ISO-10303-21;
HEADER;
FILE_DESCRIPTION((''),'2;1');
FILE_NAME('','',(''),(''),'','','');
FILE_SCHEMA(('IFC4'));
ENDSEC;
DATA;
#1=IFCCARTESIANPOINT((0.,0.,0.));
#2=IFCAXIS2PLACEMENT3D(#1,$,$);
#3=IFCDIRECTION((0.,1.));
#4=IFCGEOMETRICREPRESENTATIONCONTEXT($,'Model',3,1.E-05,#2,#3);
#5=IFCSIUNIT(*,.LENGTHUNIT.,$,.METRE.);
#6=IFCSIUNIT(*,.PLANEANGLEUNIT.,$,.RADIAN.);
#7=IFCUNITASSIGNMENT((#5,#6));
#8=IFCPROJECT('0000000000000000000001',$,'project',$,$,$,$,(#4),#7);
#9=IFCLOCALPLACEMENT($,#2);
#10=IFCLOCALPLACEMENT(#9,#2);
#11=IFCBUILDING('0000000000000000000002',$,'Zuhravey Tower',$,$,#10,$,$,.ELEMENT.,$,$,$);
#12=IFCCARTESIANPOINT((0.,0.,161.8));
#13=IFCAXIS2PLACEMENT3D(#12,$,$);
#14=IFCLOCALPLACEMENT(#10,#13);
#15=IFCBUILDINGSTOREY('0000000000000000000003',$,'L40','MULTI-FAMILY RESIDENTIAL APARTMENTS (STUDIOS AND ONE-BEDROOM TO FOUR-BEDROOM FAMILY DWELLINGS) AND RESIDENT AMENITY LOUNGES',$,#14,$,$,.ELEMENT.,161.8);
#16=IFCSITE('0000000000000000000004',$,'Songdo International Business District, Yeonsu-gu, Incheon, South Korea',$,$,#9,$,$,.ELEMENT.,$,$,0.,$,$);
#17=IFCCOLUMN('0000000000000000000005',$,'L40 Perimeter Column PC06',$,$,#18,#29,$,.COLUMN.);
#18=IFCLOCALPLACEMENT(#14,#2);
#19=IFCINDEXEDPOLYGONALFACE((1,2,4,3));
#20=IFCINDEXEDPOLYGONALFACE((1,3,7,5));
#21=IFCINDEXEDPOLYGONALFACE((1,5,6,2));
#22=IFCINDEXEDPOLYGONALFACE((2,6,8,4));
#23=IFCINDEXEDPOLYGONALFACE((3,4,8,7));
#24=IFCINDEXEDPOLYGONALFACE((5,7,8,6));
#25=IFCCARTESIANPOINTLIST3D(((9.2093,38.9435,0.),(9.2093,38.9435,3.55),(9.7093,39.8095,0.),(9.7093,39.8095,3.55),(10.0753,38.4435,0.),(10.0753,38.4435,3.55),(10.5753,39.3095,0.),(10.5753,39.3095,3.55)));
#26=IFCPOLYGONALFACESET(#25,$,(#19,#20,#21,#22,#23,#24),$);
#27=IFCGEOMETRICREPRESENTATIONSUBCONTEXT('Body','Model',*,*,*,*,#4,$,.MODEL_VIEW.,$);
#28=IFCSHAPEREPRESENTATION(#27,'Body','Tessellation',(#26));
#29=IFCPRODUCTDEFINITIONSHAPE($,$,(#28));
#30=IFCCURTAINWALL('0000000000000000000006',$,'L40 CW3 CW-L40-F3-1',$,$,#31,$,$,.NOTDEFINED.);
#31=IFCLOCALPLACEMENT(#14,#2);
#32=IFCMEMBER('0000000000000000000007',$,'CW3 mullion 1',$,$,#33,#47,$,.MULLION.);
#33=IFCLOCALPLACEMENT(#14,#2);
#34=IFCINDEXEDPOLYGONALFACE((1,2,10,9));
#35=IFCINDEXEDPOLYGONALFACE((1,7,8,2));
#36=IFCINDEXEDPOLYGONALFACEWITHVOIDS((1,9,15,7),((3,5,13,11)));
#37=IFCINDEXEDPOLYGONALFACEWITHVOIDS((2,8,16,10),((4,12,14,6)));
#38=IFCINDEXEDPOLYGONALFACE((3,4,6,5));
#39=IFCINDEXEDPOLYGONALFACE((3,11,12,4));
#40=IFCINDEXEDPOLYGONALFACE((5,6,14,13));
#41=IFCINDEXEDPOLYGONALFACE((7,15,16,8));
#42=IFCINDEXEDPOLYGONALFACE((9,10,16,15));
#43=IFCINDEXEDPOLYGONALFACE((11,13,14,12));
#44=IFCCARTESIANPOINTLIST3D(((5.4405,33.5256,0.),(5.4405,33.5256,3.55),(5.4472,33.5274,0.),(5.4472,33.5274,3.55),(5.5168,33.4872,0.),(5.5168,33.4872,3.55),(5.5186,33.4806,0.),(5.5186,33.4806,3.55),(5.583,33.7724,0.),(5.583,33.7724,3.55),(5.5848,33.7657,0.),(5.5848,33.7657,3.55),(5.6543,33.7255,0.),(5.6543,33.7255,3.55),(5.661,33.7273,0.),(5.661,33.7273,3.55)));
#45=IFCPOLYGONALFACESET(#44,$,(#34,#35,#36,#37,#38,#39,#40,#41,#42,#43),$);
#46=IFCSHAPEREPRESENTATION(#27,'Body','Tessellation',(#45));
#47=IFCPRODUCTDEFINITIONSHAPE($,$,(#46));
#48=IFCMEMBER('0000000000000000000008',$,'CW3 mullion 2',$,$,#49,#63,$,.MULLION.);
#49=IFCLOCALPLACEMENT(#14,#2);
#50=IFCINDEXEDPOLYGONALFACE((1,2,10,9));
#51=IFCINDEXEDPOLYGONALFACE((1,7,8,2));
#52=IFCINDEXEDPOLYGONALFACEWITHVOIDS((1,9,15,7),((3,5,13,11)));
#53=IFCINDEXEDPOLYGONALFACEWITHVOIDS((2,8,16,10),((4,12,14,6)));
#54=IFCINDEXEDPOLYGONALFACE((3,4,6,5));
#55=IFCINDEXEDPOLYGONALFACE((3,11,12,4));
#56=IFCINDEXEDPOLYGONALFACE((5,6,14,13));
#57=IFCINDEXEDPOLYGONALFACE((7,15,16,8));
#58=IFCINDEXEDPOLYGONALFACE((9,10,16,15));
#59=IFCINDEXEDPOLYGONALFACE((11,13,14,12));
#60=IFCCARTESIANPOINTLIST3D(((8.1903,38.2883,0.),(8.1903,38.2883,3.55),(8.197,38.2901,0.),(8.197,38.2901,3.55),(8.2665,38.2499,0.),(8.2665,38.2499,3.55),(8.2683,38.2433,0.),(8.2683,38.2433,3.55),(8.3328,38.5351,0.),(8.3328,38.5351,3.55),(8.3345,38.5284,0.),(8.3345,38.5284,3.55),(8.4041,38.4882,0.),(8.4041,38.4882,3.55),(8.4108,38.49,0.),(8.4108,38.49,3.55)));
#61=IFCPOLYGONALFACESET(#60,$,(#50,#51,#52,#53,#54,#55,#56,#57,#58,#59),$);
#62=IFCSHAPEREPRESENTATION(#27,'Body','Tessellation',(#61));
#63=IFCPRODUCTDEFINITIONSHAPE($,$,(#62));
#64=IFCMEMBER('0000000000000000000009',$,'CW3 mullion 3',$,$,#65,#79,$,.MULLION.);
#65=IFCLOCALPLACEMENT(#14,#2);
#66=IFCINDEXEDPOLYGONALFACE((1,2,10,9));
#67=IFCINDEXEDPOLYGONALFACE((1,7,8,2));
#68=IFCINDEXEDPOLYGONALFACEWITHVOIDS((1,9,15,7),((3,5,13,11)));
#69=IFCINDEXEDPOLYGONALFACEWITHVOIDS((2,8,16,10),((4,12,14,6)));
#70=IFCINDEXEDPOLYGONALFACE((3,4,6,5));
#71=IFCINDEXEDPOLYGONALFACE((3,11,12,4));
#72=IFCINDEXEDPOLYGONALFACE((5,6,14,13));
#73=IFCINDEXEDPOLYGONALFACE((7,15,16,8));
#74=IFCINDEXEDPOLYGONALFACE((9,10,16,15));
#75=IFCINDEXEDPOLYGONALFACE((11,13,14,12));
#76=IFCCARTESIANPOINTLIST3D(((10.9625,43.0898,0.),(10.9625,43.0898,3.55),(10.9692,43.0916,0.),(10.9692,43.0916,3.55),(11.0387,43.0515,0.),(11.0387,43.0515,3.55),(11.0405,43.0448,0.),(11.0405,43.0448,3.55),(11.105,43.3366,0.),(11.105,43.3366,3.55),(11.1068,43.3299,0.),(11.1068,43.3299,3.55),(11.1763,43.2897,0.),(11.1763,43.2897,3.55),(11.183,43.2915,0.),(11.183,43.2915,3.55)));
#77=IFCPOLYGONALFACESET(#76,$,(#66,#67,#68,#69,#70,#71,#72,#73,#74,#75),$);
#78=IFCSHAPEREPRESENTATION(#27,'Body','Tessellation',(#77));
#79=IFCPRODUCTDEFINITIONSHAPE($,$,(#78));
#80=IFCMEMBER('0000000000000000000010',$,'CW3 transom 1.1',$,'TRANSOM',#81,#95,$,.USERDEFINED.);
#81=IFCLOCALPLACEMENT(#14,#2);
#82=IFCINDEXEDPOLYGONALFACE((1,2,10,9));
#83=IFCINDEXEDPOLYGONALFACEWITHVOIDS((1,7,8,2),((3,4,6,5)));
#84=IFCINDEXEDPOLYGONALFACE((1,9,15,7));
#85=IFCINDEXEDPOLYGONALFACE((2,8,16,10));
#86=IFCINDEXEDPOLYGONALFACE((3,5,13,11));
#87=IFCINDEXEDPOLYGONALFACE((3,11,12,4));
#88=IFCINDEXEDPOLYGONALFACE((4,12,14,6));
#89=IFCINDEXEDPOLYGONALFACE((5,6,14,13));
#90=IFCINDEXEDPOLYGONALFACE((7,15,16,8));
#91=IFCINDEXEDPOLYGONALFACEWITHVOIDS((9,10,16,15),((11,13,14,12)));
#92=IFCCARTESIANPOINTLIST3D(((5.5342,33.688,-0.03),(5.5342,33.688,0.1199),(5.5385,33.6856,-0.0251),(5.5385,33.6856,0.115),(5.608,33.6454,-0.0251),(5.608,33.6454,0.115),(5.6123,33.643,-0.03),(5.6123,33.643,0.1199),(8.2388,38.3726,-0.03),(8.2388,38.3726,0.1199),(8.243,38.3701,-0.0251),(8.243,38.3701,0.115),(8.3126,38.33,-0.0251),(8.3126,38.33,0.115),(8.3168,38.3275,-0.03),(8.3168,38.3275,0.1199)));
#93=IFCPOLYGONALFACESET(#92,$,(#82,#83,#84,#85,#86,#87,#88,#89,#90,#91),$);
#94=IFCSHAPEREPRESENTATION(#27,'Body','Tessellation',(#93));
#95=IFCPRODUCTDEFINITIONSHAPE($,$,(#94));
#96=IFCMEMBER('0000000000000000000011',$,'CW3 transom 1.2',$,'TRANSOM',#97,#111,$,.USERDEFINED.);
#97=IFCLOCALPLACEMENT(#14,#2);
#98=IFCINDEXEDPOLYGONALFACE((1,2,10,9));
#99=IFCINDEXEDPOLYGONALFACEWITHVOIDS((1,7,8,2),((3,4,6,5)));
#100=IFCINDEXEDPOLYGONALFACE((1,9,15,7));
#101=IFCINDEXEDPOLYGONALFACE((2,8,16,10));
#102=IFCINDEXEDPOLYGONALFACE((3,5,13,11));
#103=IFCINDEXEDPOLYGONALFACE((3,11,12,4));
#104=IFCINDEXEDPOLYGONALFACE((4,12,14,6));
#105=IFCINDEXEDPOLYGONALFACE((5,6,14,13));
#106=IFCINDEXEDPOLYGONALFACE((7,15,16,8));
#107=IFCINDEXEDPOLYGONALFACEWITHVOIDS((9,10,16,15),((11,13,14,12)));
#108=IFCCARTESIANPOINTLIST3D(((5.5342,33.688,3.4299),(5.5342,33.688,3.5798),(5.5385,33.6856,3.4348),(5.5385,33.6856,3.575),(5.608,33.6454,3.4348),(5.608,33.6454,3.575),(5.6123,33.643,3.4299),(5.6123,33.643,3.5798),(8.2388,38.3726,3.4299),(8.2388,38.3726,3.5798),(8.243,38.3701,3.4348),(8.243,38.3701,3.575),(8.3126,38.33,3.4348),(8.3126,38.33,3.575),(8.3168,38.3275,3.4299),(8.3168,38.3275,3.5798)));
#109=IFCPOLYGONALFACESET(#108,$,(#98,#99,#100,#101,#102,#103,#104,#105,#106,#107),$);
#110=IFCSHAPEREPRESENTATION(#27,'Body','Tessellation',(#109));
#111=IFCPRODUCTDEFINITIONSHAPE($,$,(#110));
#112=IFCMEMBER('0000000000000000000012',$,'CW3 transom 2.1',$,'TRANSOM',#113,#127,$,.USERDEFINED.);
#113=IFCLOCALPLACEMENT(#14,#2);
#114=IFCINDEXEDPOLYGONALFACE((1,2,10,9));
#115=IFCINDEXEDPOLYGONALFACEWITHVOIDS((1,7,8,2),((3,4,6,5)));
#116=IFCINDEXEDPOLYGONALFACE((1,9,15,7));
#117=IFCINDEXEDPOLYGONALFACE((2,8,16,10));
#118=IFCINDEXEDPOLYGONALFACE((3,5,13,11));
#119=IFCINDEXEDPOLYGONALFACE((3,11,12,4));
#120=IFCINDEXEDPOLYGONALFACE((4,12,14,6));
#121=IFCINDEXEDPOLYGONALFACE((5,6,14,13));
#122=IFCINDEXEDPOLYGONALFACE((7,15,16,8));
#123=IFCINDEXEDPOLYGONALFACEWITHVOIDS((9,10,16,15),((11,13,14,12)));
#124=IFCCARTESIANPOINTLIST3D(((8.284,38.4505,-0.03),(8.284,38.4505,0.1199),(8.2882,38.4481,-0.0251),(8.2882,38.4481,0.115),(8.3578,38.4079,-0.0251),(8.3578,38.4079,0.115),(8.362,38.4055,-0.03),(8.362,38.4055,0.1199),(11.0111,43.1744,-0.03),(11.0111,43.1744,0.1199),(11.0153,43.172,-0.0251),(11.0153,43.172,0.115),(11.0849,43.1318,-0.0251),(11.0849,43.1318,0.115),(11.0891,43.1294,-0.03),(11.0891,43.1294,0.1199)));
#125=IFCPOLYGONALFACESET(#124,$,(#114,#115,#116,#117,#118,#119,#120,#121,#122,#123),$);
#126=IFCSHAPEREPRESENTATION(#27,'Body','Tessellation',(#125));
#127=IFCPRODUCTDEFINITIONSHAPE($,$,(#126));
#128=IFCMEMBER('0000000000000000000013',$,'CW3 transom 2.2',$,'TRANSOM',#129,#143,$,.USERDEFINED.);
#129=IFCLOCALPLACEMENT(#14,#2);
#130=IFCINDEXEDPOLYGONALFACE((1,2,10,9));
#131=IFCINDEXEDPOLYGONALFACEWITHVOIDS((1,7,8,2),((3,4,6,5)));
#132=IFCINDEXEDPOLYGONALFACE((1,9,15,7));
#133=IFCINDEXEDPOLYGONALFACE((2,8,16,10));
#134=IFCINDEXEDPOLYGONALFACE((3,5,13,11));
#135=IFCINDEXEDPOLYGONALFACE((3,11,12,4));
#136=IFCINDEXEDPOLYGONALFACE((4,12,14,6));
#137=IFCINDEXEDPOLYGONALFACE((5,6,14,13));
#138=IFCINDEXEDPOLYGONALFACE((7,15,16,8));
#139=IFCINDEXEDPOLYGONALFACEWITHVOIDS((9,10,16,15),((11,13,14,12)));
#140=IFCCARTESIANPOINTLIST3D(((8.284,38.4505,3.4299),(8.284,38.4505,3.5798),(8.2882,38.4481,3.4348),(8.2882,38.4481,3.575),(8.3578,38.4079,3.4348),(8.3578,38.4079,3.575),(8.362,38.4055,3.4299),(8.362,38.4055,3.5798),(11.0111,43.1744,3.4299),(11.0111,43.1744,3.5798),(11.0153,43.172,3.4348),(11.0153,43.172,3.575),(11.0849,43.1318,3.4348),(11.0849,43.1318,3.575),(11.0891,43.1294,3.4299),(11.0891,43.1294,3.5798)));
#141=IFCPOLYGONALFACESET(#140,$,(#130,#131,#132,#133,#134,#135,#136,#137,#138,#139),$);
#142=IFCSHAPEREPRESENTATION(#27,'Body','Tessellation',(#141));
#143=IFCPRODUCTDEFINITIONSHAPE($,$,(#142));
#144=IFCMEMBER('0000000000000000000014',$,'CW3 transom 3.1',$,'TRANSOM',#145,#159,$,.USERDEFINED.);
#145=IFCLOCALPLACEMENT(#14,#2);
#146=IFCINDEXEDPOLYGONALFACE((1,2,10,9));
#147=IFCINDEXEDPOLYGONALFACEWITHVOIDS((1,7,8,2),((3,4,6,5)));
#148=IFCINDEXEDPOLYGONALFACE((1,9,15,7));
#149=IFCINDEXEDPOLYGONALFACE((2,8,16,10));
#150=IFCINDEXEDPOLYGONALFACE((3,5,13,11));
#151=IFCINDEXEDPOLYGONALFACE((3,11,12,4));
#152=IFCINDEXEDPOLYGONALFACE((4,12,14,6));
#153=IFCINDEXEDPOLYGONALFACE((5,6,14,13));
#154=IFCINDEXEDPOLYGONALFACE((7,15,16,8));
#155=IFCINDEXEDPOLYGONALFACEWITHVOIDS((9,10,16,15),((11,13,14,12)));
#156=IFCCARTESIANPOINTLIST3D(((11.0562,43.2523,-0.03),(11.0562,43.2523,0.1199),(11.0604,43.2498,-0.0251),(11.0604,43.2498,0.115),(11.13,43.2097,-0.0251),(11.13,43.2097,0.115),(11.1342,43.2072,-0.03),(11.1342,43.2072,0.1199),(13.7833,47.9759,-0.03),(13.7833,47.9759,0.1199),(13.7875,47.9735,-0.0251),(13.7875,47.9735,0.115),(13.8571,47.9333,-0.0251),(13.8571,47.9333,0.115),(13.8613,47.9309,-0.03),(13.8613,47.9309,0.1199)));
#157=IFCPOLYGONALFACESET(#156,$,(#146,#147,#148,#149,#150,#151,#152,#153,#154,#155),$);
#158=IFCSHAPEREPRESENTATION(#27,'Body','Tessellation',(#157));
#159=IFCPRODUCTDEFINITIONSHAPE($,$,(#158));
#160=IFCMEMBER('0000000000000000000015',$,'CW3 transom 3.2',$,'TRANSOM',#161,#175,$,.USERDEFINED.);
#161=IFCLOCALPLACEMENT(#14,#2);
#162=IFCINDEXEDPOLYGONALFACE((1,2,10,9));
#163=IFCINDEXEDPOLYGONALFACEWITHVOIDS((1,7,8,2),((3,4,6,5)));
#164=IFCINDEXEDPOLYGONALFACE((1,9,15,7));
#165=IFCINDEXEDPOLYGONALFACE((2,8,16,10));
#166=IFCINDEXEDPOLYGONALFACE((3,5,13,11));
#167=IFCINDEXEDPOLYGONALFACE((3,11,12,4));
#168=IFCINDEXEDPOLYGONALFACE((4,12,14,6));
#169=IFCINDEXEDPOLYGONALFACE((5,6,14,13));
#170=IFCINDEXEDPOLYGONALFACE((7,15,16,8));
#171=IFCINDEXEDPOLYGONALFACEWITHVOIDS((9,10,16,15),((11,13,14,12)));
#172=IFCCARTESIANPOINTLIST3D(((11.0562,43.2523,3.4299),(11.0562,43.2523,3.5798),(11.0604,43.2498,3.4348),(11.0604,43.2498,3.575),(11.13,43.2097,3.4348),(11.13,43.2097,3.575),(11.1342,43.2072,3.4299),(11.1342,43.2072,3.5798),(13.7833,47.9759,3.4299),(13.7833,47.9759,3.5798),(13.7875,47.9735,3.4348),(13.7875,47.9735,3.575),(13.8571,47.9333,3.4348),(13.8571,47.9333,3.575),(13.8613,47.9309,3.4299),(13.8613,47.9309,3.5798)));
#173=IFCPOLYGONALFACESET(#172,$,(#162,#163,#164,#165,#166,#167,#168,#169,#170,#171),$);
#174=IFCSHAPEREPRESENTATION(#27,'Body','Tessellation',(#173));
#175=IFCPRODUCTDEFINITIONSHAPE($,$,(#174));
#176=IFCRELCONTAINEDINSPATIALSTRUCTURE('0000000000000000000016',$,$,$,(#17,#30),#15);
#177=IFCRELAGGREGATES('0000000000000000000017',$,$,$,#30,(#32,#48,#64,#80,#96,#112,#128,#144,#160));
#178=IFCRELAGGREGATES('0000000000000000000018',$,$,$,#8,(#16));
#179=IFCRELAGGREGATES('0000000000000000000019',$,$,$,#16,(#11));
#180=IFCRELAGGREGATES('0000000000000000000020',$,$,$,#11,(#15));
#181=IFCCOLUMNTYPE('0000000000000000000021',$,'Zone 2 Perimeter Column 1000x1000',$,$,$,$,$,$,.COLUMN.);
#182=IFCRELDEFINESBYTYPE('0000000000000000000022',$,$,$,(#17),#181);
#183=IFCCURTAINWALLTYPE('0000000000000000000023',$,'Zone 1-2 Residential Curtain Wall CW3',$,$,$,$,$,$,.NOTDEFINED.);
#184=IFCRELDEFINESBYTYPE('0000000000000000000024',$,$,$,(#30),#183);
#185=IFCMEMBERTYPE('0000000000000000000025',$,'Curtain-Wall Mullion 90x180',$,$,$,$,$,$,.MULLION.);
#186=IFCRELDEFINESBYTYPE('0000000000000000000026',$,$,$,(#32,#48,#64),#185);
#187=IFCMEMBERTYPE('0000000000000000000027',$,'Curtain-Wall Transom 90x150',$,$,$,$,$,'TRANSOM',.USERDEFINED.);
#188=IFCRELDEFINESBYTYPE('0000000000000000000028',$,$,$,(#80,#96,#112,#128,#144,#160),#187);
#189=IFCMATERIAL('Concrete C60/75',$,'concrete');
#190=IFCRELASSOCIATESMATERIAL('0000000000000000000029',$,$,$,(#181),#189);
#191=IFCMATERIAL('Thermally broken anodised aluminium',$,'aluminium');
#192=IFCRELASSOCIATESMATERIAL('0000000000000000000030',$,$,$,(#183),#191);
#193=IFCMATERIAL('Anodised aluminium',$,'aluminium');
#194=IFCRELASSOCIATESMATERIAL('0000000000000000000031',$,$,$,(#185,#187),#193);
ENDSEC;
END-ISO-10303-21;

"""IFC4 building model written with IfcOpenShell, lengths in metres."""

from ifc_helpers import new_model, si_unit, direction, frame, origin, origin_2d, place, context, subcontext, project, spatial, rectangle, hollow_rectangle, extrude, material, material_profile, profile_set, type_object, element, aggregate, save


model = new_model("IFC4")

# Units and contexts
model_context = context("Model", 3, precision=1e-05, world=origin(), true_north=direction((0.0, 1.0)))
body_context = subcontext(model_context, "Body", "Model", "MODEL_VIEW")
ifc_project = project(units=[si_unit("LENGTHUNIT", "METRE"), si_unit("PLANEANGLEUNIT", "RADIAN")], contexts=[model_context])

# Site, building, storey
site_placement = place(None, origin())
site = spatial("IfcSite", under=ifc_project, at=site_placement, Name="Songdo International Business District, Yeonsu-gu, Incheon, South Korea", CompositionType="ELEMENT", RefElevation=0.0)
building_placement = place(site_placement, origin())
building = spatial("IfcBuilding", under=site, at=building_placement, Name="Zuhravey Tower", CompositionType="ELEMENT")
storey_placement = place(building_placement, frame((0.0, 0.0, 161.8)))
storey = spatial("IfcBuildingStorey", under=building, at=storey_placement, Name="L40", Description="MULTI-FAMILY RESIDENTIAL APARTMENTS (STUDIOS AND ONE-BEDROOM TO FOUR-BEDROOM FAMILY DWELLINGS) AND RESIDENT AMENITY LOUNGES", CompositionType="ELEMENT", Elevation=161.8)

# Column
ifc_material_1 = material(Name="Concrete C60/75", Category="concrete")
ifc_material_profile_1 = material_profile(ifc_material_1, rectangle(XDim=1.0, YDim=1.0, at=origin_2d()), Name="RC-1000x1000")
ifc_profile_set_1 = profile_set([ifc_material_profile_1], Name="Concrete C60/75")
column_type = type_object("IfcColumnType", Name="Zone 2 Perimeter Column 1000x1000", PredefinedType="COLUMN", material=ifc_profile_set_1)
column_placement = place(storey_placement, frame((9.8923, 39.1265, 0.0), z_axis=(0.0, 0.0, 1.0), x_axis=(-0.5, -0.866025, 0.0)))
element("IfcColumn", 1, at=column_placement, inside=storey, type_object=column_type, Name="L40 Perimeter Column PC06", PredefinedType="COLUMN", context=body_context, shape_type="SweptSolid", body=[
    extrude(rectangle(XDim=1.0, YDim=1.0, at=origin_2d()), origin(), (0.0, 0.0, 1.0), 3.55),
])

# Curtain wall, members
ifc_material_2 = material(Name="Thermally broken anodised aluminium", Category="aluminium")
curtain_wall_type = type_object("IfcCurtainWallType", Name="Zone 1-2 Residential Curtain Wall CW3", PredefinedType="NOTDEFINED", material=ifc_material_2)
curtain_wall_placement = place(storey_placement, origin())
curtain_wall = element("IfcCurtainWall", 2, at=curtain_wall_placement, inside=storey, type_object=curtain_wall_type, Name="L40 CW3 CW-L40-F3-1", PredefinedType="NOTDEFINED")
ifc_material_3 = material(Name="Anodised aluminium", Category="aluminium")
ifc_material_profile_2 = material_profile(ifc_material_3, hollow_rectangle(XDim=0.0901, YDim=0.2849, WallThickness=0.0049, at=origin_2d()), Name="ALU-RHS-90x285x5")
ifc_profile_set_2 = profile_set([ifc_material_profile_2], Name="Anodised aluminium")
member_type_1 = type_object("IfcMemberType", Name="Curtain-Wall Mullion 90x180", PredefinedType="MULLION", material=ifc_profile_set_2)
member_1_placement = place(storey_placement, frame((5.5508, 33.6265, 0.0), z_axis=(0.0, 0.0, 1.0), x_axis=(-0.866025, 0.5, 0.0)))
member_1 = element("IfcMember", 3, at=member_1_placement, type_object=member_type_1, Name="CW3 mullion 1", PredefinedType="MULLION", context=body_context, shape_type="SweptSolid", body=[
    extrude(hollow_rectangle(XDim=0.0901, YDim=0.2849, WallThickness=0.0049, at=origin_2d()), origin(), (0.0, 0.0, 1.0), 3.55),
])
member_2_placement = place(storey_placement, frame((8.3005, 38.3892, 0.0), z_axis=(0.0, 0.0, 1.0), x_axis=(-0.866025, 0.5, 0.0)))
member_2 = element("IfcMember", 4, at=member_2_placement, type_object=member_type_1, Name="CW3 mullion 2", PredefinedType="MULLION", context=body_context, shape_type="SweptSolid", body=[
    extrude(hollow_rectangle(XDim=0.0901, YDim=0.2849, WallThickness=0.0049, at=origin_2d()), origin(), (0.0, 0.0, 1.0), 3.55),
])
member_3_placement = place(storey_placement, frame((11.0728, 43.1907, 0.0), z_axis=(0.0, 0.0, 1.0), x_axis=(-0.866025, 0.5, 0.0)))
member_3 = element("IfcMember", 5, at=member_3_placement, type_object=member_type_1, Name="CW3 mullion 3", PredefinedType="MULLION", context=body_context, shape_type="SweptSolid", body=[
    extrude(hollow_rectangle(XDim=0.0901, YDim=0.2849, WallThickness=0.0049, at=origin_2d()), origin(), (0.0, 0.0, 1.0), 3.55),
])
ifc_material_profile_3 = material_profile(ifc_material_3, hollow_rectangle(XDim=0.0901, YDim=0.1499, WallThickness=0.0049, at=origin_2d()), Name="ALU-RHS-90x150x5")
ifc_profile_set_3 = profile_set([ifc_material_profile_3], Name="Anodised aluminium")
member_type_2 = type_object("IfcMemberType", Name="Curtain-Wall Transom 90x150", ElementType="TRANSOM", PredefinedType="USERDEFINED", material=ifc_profile_set_3)
member_4_placement = place(storey_placement, frame((5.5732, 33.6655, 0.0449), z_axis=(0.499993, 0.866029, 0.0), x_axis=(-0.866029, 0.499993, 0.0)))
member_4 = element("IfcMember", 6, at=member_4_placement, type_object=member_type_2, Name="CW3 transom 1.1", ObjectType="TRANSOM", PredefinedType="USERDEFINED", context=body_context, shape_type="SweptSolid", body=[
    extrude(hollow_rectangle(XDim=0.0901, YDim=0.1499, WallThickness=0.0049, at=origin_2d()), origin(), (0.0, 0.0, 1.0), 5.4092),
])
member_5_placement = place(storey_placement, frame((5.5732, 33.6655, 3.5049), z_axis=(0.499993, 0.866029, 0.0), x_axis=(-0.866029, 0.499993, 0.0)))
member_5 = element("IfcMember", 7, at=member_5_placement, type_object=member_type_2, Name="CW3 transom 1.2", ObjectType="TRANSOM", PredefinedType="USERDEFINED", context=body_context, shape_type="SweptSolid", body=[
    extrude(hollow_rectangle(XDim=0.0901, YDim=0.1499, WallThickness=0.0049, at=origin_2d()), origin(), (0.0, 0.0, 1.0), 5.4092),
])
member_6_placement = place(storey_placement, frame((8.323, 38.428, 0.0449), z_axis=(0.499961, 0.866048, 0.0), x_axis=(-0.866048, 0.499961, 0.0)))
member_6 = element("IfcMember", 8, at=member_6_placement, type_object=member_type_2, Name="CW3 transom 2.1", ObjectType="TRANSOM", PredefinedType="USERDEFINED", context=body_context, shape_type="SweptSolid", body=[
    extrude(hollow_rectangle(XDim=0.0901, YDim=0.1499, WallThickness=0.0049, at=origin_2d()), origin(), (0.0, 0.0, 1.0), 5.4546),
])
member_7_placement = place(storey_placement, frame((8.323, 38.428, 3.5049), z_axis=(0.499961, 0.866048, 0.0), x_axis=(-0.866048, 0.499961, 0.0)))
member_7 = element("IfcMember", 9, at=member_7_placement, type_object=member_type_2, Name="CW3 transom 2.2", ObjectType="TRANSOM", PredefinedType="USERDEFINED", context=body_context, shape_type="SweptSolid", body=[
    extrude(hollow_rectangle(XDim=0.0901, YDim=0.1499, WallThickness=0.0049, at=origin_2d()), origin(), (0.0, 0.0, 1.0), 5.4546),
])
member_8_placement = place(storey_placement, frame((11.0952, 43.2297, 0.0449), z_axis=(0.499981, 0.866037, 0.0), x_axis=(-0.866037, 0.499981, 0.0)))
member_8 = element("IfcMember", 10, at=member_8_placement, type_object=member_type_2, Name="CW3 transom 3.1", ObjectType="TRANSOM", PredefinedType="USERDEFINED", context=body_context, shape_type="SweptSolid", body=[
    extrude(hollow_rectangle(XDim=0.0901, YDim=0.1499, WallThickness=0.0049, at=origin_2d()), origin(), (0.0, 0.0, 1.0), 5.4543),
])
member_9_placement = place(storey_placement, frame((11.0952, 43.2297, 3.5049), z_axis=(0.499981, 0.866037, 0.0), x_axis=(-0.866037, 0.499981, 0.0)))
member_9 = element("IfcMember", 11, at=member_9_placement, type_object=member_type_2, Name="CW3 transom 3.2", ObjectType="TRANSOM", PredefinedType="USERDEFINED", context=body_context, shape_type="SweptSolid", body=[
    extrude(hollow_rectangle(XDim=0.0901, YDim=0.1499, WallThickness=0.0049, at=origin_2d()), origin(), (0.0, 0.0, 1.0), 5.4543),
])

aggregate(curtain_wall, [member_1, member_2, member_3, member_4, member_5, member_6, member_7, member_8, member_9])

save(model, "model.ifc")
